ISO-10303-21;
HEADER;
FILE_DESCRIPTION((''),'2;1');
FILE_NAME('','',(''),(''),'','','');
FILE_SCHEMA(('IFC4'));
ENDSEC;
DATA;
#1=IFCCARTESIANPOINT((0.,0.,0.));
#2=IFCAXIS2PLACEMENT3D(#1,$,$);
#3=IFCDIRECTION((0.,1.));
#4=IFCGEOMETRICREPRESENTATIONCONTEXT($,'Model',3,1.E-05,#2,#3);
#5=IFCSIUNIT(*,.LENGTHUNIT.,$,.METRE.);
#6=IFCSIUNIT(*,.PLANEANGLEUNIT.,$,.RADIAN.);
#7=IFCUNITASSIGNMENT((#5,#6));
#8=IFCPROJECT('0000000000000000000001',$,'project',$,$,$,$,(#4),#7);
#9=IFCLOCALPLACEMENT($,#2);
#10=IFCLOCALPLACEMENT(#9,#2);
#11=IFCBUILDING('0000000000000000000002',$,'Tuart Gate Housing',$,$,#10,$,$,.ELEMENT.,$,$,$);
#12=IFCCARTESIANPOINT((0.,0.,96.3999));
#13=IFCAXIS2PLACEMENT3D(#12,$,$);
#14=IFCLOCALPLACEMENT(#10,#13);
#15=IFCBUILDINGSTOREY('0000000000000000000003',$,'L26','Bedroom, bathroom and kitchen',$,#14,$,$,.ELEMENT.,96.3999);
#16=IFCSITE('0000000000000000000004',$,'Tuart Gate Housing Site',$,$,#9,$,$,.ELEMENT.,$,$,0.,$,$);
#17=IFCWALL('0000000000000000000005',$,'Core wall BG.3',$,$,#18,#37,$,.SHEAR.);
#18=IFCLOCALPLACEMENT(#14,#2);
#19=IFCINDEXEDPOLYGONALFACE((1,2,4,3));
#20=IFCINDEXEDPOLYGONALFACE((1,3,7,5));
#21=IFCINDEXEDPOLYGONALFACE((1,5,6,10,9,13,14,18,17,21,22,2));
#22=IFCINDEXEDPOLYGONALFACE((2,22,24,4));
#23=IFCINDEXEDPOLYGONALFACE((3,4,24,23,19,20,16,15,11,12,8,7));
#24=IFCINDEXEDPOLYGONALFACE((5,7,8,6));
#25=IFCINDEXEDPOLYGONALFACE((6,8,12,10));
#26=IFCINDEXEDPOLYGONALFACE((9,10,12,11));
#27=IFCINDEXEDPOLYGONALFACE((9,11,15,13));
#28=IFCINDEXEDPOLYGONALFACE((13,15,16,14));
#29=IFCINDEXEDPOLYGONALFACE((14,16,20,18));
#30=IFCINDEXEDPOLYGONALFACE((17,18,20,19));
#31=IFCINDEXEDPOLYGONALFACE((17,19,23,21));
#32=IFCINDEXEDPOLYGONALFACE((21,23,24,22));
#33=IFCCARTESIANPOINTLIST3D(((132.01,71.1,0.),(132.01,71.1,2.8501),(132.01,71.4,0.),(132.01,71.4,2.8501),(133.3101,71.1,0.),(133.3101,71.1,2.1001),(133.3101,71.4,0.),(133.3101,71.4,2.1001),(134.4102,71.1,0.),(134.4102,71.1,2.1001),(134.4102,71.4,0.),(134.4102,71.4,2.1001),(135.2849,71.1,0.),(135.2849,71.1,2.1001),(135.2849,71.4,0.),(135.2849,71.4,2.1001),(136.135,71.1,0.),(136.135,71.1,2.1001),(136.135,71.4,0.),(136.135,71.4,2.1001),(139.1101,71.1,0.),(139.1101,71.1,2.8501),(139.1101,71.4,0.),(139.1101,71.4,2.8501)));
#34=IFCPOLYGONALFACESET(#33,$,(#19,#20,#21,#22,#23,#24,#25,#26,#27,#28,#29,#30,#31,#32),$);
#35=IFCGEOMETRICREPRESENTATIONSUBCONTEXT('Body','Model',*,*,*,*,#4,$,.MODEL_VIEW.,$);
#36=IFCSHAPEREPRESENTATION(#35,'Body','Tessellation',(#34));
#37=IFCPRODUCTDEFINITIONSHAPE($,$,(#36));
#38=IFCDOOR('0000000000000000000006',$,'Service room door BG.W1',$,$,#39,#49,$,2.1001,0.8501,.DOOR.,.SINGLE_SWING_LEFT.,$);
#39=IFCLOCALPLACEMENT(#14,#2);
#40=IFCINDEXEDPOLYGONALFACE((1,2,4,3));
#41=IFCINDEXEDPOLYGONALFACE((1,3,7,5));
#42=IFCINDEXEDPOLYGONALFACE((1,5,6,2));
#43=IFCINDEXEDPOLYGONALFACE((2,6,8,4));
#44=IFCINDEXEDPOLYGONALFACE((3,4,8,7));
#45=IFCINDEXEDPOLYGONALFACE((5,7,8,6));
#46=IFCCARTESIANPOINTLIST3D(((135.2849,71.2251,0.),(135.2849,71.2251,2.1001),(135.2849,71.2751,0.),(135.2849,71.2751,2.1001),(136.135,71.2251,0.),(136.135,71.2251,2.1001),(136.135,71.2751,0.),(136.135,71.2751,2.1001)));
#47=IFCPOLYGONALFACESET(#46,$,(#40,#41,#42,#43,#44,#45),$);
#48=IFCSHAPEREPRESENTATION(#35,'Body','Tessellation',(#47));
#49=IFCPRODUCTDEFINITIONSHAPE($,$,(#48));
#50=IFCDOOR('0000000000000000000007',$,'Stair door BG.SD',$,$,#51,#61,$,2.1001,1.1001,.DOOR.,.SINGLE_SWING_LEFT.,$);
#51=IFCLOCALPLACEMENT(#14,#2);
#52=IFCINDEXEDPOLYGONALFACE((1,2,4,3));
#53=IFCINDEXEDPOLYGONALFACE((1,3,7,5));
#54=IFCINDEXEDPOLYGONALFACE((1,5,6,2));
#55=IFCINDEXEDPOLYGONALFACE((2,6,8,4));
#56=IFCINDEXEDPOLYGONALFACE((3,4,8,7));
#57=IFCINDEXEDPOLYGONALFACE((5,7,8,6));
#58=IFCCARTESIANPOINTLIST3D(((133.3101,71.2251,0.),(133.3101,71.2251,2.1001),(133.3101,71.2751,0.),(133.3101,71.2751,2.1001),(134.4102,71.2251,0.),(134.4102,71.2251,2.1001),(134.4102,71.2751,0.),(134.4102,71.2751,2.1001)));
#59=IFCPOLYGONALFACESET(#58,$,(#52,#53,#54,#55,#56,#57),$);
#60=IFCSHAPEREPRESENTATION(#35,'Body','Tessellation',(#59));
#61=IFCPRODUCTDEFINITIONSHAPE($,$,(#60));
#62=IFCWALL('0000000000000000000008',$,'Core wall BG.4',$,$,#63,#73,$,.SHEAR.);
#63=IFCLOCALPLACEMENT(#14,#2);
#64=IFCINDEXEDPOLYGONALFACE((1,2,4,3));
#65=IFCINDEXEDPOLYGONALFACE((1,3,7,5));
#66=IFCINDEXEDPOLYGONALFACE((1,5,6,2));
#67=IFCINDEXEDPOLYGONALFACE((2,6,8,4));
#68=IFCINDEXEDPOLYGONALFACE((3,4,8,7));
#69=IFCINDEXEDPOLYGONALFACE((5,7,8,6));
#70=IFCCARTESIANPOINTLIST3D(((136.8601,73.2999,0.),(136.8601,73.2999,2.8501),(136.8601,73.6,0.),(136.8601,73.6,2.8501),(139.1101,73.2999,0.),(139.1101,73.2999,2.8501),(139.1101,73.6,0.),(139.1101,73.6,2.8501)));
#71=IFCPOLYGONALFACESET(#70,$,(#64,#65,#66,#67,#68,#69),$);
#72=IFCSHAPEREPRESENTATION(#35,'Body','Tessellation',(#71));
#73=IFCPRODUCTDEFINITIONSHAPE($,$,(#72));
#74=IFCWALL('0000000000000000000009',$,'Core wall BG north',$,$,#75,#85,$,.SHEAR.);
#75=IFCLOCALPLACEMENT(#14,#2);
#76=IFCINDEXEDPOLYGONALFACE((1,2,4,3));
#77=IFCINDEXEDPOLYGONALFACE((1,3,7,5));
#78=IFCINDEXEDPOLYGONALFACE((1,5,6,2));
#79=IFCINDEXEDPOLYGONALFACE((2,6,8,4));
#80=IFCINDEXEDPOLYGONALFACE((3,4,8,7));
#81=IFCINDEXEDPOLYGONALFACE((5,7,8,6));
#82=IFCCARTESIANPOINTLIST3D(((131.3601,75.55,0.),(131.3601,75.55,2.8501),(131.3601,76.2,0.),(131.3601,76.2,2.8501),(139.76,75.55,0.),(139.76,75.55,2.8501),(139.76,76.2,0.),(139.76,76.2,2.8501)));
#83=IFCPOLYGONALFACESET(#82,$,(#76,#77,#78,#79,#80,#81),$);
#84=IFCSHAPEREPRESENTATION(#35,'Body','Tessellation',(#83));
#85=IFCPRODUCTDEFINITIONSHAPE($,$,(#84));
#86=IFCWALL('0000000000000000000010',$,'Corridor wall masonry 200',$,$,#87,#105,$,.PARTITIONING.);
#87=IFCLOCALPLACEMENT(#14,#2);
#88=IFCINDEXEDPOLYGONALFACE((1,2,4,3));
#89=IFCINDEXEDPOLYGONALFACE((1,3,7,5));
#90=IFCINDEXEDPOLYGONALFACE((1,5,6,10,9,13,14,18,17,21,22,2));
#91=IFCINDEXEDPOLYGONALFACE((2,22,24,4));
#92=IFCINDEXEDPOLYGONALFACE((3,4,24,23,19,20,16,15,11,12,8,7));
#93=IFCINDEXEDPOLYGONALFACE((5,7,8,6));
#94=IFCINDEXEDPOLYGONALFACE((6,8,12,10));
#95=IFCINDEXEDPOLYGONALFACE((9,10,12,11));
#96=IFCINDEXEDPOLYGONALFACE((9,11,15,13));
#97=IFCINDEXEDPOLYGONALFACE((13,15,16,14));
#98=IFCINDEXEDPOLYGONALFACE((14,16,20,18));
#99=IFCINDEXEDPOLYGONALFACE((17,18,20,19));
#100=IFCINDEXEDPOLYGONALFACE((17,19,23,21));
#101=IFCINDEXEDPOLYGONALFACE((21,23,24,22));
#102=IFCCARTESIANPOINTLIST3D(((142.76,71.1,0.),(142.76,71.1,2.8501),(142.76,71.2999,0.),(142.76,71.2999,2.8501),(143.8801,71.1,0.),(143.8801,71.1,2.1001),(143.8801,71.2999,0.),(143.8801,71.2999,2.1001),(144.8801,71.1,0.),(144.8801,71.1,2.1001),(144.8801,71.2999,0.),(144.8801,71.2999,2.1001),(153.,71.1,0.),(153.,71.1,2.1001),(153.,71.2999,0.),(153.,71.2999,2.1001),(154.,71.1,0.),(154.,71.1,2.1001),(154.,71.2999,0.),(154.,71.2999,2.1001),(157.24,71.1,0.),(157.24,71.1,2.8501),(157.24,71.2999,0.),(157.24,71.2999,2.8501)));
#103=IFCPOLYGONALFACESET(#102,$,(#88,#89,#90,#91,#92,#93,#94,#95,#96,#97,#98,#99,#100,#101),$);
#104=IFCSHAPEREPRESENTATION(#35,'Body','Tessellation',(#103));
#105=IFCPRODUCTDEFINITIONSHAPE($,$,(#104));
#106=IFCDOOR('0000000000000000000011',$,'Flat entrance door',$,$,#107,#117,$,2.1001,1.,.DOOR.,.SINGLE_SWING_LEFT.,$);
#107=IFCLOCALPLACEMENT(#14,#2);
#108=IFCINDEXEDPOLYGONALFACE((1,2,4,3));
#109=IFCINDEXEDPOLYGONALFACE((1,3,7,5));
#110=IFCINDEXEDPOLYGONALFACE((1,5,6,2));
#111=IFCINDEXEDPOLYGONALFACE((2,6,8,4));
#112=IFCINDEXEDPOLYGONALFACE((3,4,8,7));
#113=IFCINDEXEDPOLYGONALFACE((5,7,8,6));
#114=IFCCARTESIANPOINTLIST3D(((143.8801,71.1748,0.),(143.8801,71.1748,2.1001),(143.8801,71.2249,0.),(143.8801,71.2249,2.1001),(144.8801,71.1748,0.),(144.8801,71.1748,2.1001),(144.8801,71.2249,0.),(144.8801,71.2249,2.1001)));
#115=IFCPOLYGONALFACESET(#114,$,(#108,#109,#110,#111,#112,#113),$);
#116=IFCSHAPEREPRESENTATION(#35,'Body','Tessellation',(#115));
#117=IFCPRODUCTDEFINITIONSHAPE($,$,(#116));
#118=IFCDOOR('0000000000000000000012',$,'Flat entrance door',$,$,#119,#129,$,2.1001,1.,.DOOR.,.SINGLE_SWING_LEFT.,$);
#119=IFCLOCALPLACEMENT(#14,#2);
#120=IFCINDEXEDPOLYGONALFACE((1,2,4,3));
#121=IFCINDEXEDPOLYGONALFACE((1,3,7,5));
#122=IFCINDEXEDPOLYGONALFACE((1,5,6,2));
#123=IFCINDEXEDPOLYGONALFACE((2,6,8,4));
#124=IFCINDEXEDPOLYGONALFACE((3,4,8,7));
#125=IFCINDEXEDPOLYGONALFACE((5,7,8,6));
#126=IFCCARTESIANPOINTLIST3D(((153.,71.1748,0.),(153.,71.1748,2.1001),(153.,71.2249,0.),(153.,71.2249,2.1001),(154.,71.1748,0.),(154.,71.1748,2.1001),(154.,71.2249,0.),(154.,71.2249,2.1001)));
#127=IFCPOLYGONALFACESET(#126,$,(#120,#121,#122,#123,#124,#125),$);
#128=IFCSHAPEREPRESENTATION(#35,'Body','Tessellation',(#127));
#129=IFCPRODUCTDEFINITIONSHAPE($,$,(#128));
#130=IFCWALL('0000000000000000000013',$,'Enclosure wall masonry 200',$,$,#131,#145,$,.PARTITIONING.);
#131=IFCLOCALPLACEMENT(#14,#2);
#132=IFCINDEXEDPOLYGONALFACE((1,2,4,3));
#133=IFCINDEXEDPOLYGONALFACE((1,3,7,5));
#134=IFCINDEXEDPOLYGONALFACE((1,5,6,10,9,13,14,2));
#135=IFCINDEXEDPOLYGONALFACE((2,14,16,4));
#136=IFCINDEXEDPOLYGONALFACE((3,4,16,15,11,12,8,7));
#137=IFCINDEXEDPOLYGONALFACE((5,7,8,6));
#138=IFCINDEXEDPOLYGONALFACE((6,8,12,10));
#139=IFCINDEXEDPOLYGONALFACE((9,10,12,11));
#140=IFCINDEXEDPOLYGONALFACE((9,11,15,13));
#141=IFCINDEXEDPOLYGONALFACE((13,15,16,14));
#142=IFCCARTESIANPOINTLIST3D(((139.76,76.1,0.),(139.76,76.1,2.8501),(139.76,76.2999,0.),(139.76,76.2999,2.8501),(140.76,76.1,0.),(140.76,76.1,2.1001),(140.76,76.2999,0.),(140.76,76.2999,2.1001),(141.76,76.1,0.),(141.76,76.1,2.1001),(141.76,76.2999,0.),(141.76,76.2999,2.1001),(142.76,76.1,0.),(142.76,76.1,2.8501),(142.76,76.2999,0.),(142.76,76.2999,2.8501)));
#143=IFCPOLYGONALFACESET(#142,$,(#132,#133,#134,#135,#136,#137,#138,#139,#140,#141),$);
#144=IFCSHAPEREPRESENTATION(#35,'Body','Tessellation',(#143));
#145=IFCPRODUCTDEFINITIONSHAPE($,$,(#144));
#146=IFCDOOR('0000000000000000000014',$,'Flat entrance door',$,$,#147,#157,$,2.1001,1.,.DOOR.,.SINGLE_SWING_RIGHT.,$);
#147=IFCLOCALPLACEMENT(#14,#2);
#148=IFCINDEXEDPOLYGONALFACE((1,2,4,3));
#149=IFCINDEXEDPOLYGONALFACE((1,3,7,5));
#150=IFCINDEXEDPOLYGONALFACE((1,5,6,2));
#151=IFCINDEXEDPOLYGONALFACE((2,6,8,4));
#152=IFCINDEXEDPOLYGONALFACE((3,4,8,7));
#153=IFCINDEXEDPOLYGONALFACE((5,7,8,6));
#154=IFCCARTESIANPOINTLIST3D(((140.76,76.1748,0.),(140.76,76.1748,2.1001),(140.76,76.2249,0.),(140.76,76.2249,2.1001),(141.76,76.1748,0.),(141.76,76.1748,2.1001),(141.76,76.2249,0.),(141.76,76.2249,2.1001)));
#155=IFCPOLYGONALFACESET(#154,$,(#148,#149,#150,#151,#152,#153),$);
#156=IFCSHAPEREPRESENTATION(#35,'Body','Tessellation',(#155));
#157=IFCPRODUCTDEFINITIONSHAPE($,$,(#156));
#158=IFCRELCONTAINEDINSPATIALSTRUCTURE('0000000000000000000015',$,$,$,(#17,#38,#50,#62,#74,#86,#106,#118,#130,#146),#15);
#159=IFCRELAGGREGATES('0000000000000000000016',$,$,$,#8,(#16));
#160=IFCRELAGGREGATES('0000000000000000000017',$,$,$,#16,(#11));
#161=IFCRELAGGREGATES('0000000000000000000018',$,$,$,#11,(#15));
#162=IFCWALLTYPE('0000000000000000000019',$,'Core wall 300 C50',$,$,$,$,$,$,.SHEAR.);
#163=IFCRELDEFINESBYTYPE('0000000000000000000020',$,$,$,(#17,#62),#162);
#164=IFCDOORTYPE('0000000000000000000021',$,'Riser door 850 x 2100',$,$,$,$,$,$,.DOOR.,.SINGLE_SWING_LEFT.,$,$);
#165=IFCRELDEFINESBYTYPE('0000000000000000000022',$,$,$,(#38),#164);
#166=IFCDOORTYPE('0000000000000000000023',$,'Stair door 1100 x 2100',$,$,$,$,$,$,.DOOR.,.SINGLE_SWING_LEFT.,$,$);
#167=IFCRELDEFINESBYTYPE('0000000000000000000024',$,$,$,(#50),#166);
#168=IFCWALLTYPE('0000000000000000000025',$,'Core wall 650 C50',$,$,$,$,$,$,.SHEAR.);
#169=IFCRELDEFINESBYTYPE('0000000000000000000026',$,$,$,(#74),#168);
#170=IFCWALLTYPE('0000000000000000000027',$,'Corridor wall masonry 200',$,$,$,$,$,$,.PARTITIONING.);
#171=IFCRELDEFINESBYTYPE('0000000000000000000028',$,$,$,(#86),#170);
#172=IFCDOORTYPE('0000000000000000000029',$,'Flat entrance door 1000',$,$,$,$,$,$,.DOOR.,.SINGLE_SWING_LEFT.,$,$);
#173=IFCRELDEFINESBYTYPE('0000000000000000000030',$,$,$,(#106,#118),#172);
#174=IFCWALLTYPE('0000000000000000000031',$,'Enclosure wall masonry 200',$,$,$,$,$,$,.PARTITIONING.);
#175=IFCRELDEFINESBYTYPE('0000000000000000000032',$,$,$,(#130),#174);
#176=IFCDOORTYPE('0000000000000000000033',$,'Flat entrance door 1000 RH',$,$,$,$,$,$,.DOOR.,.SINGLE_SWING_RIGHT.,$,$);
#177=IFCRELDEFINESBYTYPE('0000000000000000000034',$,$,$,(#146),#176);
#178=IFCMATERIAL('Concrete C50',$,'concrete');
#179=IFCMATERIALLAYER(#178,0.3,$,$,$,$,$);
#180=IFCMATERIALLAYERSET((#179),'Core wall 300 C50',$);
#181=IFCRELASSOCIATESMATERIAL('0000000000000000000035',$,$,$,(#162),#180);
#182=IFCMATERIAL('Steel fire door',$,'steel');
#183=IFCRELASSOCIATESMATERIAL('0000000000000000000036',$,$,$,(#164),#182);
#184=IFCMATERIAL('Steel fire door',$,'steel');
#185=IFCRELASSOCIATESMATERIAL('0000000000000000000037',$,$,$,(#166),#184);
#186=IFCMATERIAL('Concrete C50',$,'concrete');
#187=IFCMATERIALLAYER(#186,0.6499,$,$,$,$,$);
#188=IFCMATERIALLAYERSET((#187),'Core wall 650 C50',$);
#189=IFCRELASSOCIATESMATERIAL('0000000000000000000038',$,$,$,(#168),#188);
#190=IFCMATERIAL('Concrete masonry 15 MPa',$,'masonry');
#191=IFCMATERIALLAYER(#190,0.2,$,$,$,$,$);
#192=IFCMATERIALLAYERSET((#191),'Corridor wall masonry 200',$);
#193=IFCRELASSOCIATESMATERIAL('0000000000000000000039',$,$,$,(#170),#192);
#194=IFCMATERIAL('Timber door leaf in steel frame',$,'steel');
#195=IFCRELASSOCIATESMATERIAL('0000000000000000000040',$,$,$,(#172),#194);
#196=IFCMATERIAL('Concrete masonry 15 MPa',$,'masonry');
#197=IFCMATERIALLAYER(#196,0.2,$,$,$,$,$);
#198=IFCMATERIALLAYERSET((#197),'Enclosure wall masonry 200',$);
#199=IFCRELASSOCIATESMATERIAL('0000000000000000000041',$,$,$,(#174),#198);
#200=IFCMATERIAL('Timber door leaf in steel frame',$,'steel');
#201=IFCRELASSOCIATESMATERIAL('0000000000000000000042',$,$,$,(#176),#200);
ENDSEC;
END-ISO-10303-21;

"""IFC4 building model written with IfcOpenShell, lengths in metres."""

from ifc_helpers import new_model, si_unit, direction, frame, frame_2d, origin, place, context, subcontext, project, spatial, rectangle, extrude, material, layer, layer_set, type_object, element, fill, save


model = new_model("IFC4")

# Units and contexts
model_context = context("Model", 3, precision=1e-05, world=origin(), true_north=direction((0.0, 1.0)))
body_context = subcontext(model_context, "Body", "Model", "MODEL_VIEW")
ifc_project = project(units=[si_unit("LENGTHUNIT", "METRE"), si_unit("PLANEANGLEUNIT", "RADIAN")], contexts=[model_context])

# Site, building, storey
site_placement = place(None, origin())
site = spatial("IfcSite", under=ifc_project, at=site_placement, Name="Tuart Gate Housing Site", CompositionType="ELEMENT", RefElevation=0.0)
building_placement = place(site_placement, origin())
building = spatial("IfcBuilding", under=site, at=building_placement, Name="Tuart Gate Housing", CompositionType="ELEMENT")
storey_placement = place(building_placement, frame((0.0, 0.0, 96.3999)))
storey = spatial("IfcBuildingStorey", under=building, at=storey_placement, Name="L26", Description="Bedroom, bathroom and kitchen", CompositionType="ELEMENT", Elevation=96.3999)

# Wall, openings, doors
ifc_material_1 = material(Name="Concrete C50", Category="concrete")
ifc_layer_1 = layer(ifc_material_1, 0.3)
ifc_layer_set_1 = layer_set([ifc_layer_1], Name="Core wall 300 C50")
wall_type_1 = type_object("IfcWallType", Name="Core wall 300 C50", PredefinedType="SHEAR", material=ifc_layer_set_1)
wall_1_placement = place(storey_placement, frame((139.1101, 71.25, 0.0), z_axis=(0.0, 0.0, 1.0), x_axis=(-1.0, 0.0, 0.0)))
wall_1 = element("IfcWall", 1, at=wall_1_placement, inside=storey, type_object=wall_type_1, Name="Core wall BG.3", PredefinedType="SHEAR", context=body_context, shape_type="SweptSolid", body=[
    extrude(rectangle(XDim=7.1001, YDim=0.3, at=frame_2d((3.55, 0.0))), origin(), (0.0, 0.0, 1.0), 2.8501),
])
opening_1_placement = place(wall_1_placement, frame((4.7, 0.0, 0.0)))
opening_1 = element("IfcOpeningElement", 2, at=opening_1_placement, cuts=wall_1, PredefinedType="OPENING", context=body_context, shape_type="SweptSolid", body=[
    extrude(rectangle(XDim=1.1001, YDim=2.1001, at=frame_2d((0.55, 1.05))), frame((0.0, 0.1599, 0.0), z_axis=(0.0, -1.0, 0.0), x_axis=(1.0, 0.0, 0.0)), (0.0, 0.0, 1.0), 0.3201),
])
opening_2_placement = place(wall_1_placement, frame((2.9751, 0.0, 0.0)))
opening_2 = element("IfcOpeningElement", 3, at=opening_2_placement, cuts=wall_1, PredefinedType="OPENING", context=body_context, shape_type="SweptSolid", body=[
    extrude(rectangle(XDim=0.8501, YDim=2.1001, at=frame_2d((0.425, 1.05))), frame((0.0, 0.1599, 0.0), z_axis=(0.0, -1.0, 0.0), x_axis=(1.0, 0.0, 0.0)), (0.0, 0.0, 1.0), 0.3201),
])
ifc_material_2 = material(Name="Steel fire door", Category="steel")
door_type_1 = type_object("IfcDoorType", Name="Riser door 850 x 2100", OperationType="SINGLE_SWING_LEFT", PredefinedType="DOOR", material=ifc_material_2)
door_1_placement = place(opening_2_placement, origin())
door_1 = element("IfcDoor", 4, at=door_1_placement, inside=storey, type_object=door_type_1, Name="Service room door BG.W1", OperationType="SINGLE_SWING_LEFT", OverallHeight=2.1001, OverallWidth=0.8501, PredefinedType="DOOR", context=body_context, shape_type="SweptSolid", body=[
    extrude(rectangle(XDim=0.8501, YDim=2.1001, at=frame_2d((0.425, 1.05))), frame((0.0, 0.0249, 0.0), z_axis=(0.0, -1.0, 0.0), x_axis=(1.0, 0.0, 0.0)), (0.0, 0.0, 1.0), 0.05),
])
fill(opening_2, door_1)
ifc_material_3 = material(Name="Steel fire door", Category="steel")
door_type_2 = type_object("IfcDoorType", Name="Stair door 1100 x 2100", OperationType="SINGLE_SWING_LEFT", PredefinedType="DOOR", material=ifc_material_3)
door_2_placement = place(opening_1_placement, origin())
door_2 = element("IfcDoor", 5, at=door_2_placement, inside=storey, type_object=door_type_2, Name="Stair door BG.SD", OperationType="SINGLE_SWING_LEFT", OverallHeight=2.1001, OverallWidth=1.1001, PredefinedType="DOOR", context=body_context, shape_type="SweptSolid", body=[
    extrude(rectangle(XDim=1.1001, YDim=2.1001, at=frame_2d((0.55, 1.05))), frame((0.0, 0.0249, 0.0), z_axis=(0.0, -1.0, 0.0), x_axis=(1.0, 0.0, 0.0)), (0.0, 0.0, 1.0), 0.05),
])
fill(opening_1, door_2)

# Walls
wall_2_placement = place(storey_placement, frame((139.1101, 73.45, 0.0), z_axis=(0.0, 0.0, 1.0), x_axis=(-1.0, 0.0, 0.0)))
element("IfcWall", 6, at=wall_2_placement, inside=storey, type_object=wall_type_1, Name="Core wall BG.4", PredefinedType="SHEAR", context=body_context, shape_type="SweptSolid", body=[
    extrude(rectangle(XDim=2.25, YDim=0.3, at=frame_2d((1.125, 0.0))), origin(), (0.0, 0.0, 1.0), 2.8501),
])
ifc_material_4 = material(Name="Concrete C50", Category="concrete")
ifc_layer_2 = layer(ifc_material_4, 0.6499)
ifc_layer_set_2 = layer_set([ifc_layer_2], Name="Core wall 650 C50")
wall_type_2 = type_object("IfcWallType", Name="Core wall 650 C50", PredefinedType="SHEAR", material=ifc_layer_set_2)
wall_3_placement = place(storey_placement, frame((139.76, 75.875, 0.0), z_axis=(0.0, 0.0, 1.0), x_axis=(-1.0, 0.0, 0.0)))
element("IfcWall", 7, at=wall_3_placement, inside=storey, type_object=wall_type_2, Name="Core wall BG north", PredefinedType="SHEAR", context=body_context, shape_type="SweptSolid", body=[
    extrude(rectangle(XDim=8.3999, YDim=0.6499, at=frame_2d((4.2, 0.0))), origin(), (0.0, 0.0, 1.0), 2.8501),
])

# Wall, openings, doors
ifc_material_5 = material(Name="Concrete masonry 15 MPa", Category="masonry")
ifc_layer_3 = layer(ifc_material_5, 0.2)
ifc_layer_set_3 = layer_set([ifc_layer_3], Name="Corridor wall masonry 200")
wall_type_3 = type_object("IfcWallType", Name="Corridor wall masonry 200", PredefinedType="PARTITIONING", material=ifc_layer_set_3)
wall_4_placement = place(storey_placement, frame((142.76, 71.2, 0.0), z_axis=(0.0, 0.0, 1.0), x_axis=(1.0, 0.0, 0.0)))
wall_4 = element("IfcWall", 8, at=wall_4_placement, inside=storey, type_object=wall_type_3, Name="Corridor wall masonry 200", PredefinedType="PARTITIONING", context=body_context, shape_type="SweptSolid", body=[
    extrude(rectangle(XDim=14.48, YDim=0.2, at=frame_2d((7.24, 0.0))), origin(), (0.0, 0.0, 1.0), 2.8501),
])
opening_3_placement = place(wall_4_placement, frame((1.1201, 0.0, 0.0)))
opening_3 = element("IfcOpeningElement", 9, at=opening_3_placement, cuts=wall_4, PredefinedType="OPENING", context=body_context, shape_type="SweptSolid", body=[
    extrude(rectangle(XDim=1.0, YDim=2.1001, at=frame_2d((0.5, 1.05))), frame((0.0, 0.1099, 0.0), z_axis=(0.0, -1.0, 0.0), x_axis=(1.0, 0.0, 0.0)), (0.0, 0.0, 1.0), 0.22),
])
opening_4_placement = place(wall_4_placement, frame((10.24, 0.0, 0.0)))
opening_4 = element("IfcOpeningElement", 10, at=opening_4_placement, cuts=wall_4, PredefinedType="OPENING", context=body_context, shape_type="SweptSolid", body=[
    extrude(rectangle(XDim=1.0, YDim=2.1001, at=frame_2d((0.5, 1.05))), frame((0.0, 0.1099, 0.0), z_axis=(0.0, -1.0, 0.0), x_axis=(1.0, 0.0, 0.0)), (0.0, 0.0, 1.0), 0.22),
])
ifc_material_6 = material(Name="Timber door leaf in steel frame", Category="steel")
door_type_3 = type_object("IfcDoorType", Name="Flat entrance door 1000", OperationType="SINGLE_SWING_LEFT", PredefinedType="DOOR", material=ifc_material_6)
door_3_placement = place(opening_3_placement, origin())
door_3 = element("IfcDoor", 11, at=door_3_placement, inside=storey, type_object=door_type_3, Name="Flat entrance door", OperationType="SINGLE_SWING_LEFT", OverallHeight=2.1001, OverallWidth=1.0, PredefinedType="DOOR", context=body_context, shape_type="SweptSolid", body=[
    extrude(rectangle(XDim=1.0, YDim=2.1001, at=frame_2d((0.5, 1.05))), frame((0.0, 0.0249, 0.0), z_axis=(0.0, -1.0, 0.0), x_axis=(1.0, 0.0, 0.0)), (0.0, 0.0, 1.0), 0.05),
])
fill(opening_3, door_3)
door_4_placement = place(opening_4_placement, origin())
door_4 = element("IfcDoor", 12, at=door_4_placement, inside=storey, type_object=door_type_3, Name="Flat entrance door", OperationType="SINGLE_SWING_LEFT", OverallHeight=2.1001, OverallWidth=1.0, PredefinedType="DOOR", context=body_context, shape_type="SweptSolid", body=[
    extrude(rectangle(XDim=1.0, YDim=2.1001, at=frame_2d((0.5, 1.05))), frame((0.0, 0.0249, 0.0), z_axis=(0.0, -1.0, 0.0), x_axis=(1.0, 0.0, 0.0)), (0.0, 0.0, 1.0), 0.05),
])
fill(opening_4, door_4)

# Wall, opening, door
ifc_material_7 = material(Name="Concrete masonry 15 MPa", Category="masonry")
ifc_layer_4 = layer(ifc_material_7, 0.2)
ifc_layer_set_4 = layer_set([ifc_layer_4], Name="Enclosure wall masonry 200")
wall_type_4 = type_object("IfcWallType", Name="Enclosure wall masonry 200", PredefinedType="PARTITIONING", material=ifc_layer_set_4)
wall_5_placement = place(storey_placement, frame((139.76, 76.2, 0.0), z_axis=(0.0, 0.0, 1.0), x_axis=(1.0, 0.0, 0.0)))
wall_5 = element("IfcWall", 13, at=wall_5_placement, inside=storey, type_object=wall_type_4, Name="Enclosure wall masonry 200", PredefinedType="PARTITIONING", context=body_context, shape_type="SweptSolid", body=[
    extrude(rectangle(XDim=3.0, YDim=0.2, at=frame_2d((1.5, 0.0))), origin(), (0.0, 0.0, 1.0), 2.8501),
])
opening_5_placement = place(wall_5_placement, frame((1.0, 0.0, 0.0)))
opening_5 = element("IfcOpeningElement", 14, at=opening_5_placement, cuts=wall_5, PredefinedType="OPENING", context=body_context, shape_type="SweptSolid", body=[
    extrude(rectangle(XDim=1.0, YDim=2.1001, at=frame_2d((0.5, 1.05))), frame((0.0, 0.1099, 0.0), z_axis=(0.0, -1.0, 0.0), x_axis=(1.0, 0.0, 0.0)), (0.0, 0.0, 1.0), 0.22),
])
ifc_material_8 = material(Name="Timber door leaf in steel frame", Category="steel")
door_type_4 = type_object("IfcDoorType", Name="Flat entrance door 1000 RH", OperationType="SINGLE_SWING_RIGHT", PredefinedType="DOOR", material=ifc_material_8)
door_5_placement = place(opening_5_placement, origin())
door_5 = element("IfcDoor", 15, at=door_5_placement, inside=storey, type_object=door_type_4, Name="Flat entrance door", OperationType="SINGLE_SWING_RIGHT", OverallHeight=2.1001, OverallWidth=1.0, PredefinedType="DOOR", context=body_context, shape_type="SweptSolid", body=[
    extrude(rectangle(XDim=1.0, YDim=2.1001, at=frame_2d((0.5, 1.05))), frame((0.0, 0.0249, 0.0), z_axis=(0.0, -1.0, 0.0), x_axis=(1.0, 0.0, 0.0)), (0.0, 0.0, 1.0), 0.05),
])
fill(opening_5, door_5)

save(model, "model.ifc")
